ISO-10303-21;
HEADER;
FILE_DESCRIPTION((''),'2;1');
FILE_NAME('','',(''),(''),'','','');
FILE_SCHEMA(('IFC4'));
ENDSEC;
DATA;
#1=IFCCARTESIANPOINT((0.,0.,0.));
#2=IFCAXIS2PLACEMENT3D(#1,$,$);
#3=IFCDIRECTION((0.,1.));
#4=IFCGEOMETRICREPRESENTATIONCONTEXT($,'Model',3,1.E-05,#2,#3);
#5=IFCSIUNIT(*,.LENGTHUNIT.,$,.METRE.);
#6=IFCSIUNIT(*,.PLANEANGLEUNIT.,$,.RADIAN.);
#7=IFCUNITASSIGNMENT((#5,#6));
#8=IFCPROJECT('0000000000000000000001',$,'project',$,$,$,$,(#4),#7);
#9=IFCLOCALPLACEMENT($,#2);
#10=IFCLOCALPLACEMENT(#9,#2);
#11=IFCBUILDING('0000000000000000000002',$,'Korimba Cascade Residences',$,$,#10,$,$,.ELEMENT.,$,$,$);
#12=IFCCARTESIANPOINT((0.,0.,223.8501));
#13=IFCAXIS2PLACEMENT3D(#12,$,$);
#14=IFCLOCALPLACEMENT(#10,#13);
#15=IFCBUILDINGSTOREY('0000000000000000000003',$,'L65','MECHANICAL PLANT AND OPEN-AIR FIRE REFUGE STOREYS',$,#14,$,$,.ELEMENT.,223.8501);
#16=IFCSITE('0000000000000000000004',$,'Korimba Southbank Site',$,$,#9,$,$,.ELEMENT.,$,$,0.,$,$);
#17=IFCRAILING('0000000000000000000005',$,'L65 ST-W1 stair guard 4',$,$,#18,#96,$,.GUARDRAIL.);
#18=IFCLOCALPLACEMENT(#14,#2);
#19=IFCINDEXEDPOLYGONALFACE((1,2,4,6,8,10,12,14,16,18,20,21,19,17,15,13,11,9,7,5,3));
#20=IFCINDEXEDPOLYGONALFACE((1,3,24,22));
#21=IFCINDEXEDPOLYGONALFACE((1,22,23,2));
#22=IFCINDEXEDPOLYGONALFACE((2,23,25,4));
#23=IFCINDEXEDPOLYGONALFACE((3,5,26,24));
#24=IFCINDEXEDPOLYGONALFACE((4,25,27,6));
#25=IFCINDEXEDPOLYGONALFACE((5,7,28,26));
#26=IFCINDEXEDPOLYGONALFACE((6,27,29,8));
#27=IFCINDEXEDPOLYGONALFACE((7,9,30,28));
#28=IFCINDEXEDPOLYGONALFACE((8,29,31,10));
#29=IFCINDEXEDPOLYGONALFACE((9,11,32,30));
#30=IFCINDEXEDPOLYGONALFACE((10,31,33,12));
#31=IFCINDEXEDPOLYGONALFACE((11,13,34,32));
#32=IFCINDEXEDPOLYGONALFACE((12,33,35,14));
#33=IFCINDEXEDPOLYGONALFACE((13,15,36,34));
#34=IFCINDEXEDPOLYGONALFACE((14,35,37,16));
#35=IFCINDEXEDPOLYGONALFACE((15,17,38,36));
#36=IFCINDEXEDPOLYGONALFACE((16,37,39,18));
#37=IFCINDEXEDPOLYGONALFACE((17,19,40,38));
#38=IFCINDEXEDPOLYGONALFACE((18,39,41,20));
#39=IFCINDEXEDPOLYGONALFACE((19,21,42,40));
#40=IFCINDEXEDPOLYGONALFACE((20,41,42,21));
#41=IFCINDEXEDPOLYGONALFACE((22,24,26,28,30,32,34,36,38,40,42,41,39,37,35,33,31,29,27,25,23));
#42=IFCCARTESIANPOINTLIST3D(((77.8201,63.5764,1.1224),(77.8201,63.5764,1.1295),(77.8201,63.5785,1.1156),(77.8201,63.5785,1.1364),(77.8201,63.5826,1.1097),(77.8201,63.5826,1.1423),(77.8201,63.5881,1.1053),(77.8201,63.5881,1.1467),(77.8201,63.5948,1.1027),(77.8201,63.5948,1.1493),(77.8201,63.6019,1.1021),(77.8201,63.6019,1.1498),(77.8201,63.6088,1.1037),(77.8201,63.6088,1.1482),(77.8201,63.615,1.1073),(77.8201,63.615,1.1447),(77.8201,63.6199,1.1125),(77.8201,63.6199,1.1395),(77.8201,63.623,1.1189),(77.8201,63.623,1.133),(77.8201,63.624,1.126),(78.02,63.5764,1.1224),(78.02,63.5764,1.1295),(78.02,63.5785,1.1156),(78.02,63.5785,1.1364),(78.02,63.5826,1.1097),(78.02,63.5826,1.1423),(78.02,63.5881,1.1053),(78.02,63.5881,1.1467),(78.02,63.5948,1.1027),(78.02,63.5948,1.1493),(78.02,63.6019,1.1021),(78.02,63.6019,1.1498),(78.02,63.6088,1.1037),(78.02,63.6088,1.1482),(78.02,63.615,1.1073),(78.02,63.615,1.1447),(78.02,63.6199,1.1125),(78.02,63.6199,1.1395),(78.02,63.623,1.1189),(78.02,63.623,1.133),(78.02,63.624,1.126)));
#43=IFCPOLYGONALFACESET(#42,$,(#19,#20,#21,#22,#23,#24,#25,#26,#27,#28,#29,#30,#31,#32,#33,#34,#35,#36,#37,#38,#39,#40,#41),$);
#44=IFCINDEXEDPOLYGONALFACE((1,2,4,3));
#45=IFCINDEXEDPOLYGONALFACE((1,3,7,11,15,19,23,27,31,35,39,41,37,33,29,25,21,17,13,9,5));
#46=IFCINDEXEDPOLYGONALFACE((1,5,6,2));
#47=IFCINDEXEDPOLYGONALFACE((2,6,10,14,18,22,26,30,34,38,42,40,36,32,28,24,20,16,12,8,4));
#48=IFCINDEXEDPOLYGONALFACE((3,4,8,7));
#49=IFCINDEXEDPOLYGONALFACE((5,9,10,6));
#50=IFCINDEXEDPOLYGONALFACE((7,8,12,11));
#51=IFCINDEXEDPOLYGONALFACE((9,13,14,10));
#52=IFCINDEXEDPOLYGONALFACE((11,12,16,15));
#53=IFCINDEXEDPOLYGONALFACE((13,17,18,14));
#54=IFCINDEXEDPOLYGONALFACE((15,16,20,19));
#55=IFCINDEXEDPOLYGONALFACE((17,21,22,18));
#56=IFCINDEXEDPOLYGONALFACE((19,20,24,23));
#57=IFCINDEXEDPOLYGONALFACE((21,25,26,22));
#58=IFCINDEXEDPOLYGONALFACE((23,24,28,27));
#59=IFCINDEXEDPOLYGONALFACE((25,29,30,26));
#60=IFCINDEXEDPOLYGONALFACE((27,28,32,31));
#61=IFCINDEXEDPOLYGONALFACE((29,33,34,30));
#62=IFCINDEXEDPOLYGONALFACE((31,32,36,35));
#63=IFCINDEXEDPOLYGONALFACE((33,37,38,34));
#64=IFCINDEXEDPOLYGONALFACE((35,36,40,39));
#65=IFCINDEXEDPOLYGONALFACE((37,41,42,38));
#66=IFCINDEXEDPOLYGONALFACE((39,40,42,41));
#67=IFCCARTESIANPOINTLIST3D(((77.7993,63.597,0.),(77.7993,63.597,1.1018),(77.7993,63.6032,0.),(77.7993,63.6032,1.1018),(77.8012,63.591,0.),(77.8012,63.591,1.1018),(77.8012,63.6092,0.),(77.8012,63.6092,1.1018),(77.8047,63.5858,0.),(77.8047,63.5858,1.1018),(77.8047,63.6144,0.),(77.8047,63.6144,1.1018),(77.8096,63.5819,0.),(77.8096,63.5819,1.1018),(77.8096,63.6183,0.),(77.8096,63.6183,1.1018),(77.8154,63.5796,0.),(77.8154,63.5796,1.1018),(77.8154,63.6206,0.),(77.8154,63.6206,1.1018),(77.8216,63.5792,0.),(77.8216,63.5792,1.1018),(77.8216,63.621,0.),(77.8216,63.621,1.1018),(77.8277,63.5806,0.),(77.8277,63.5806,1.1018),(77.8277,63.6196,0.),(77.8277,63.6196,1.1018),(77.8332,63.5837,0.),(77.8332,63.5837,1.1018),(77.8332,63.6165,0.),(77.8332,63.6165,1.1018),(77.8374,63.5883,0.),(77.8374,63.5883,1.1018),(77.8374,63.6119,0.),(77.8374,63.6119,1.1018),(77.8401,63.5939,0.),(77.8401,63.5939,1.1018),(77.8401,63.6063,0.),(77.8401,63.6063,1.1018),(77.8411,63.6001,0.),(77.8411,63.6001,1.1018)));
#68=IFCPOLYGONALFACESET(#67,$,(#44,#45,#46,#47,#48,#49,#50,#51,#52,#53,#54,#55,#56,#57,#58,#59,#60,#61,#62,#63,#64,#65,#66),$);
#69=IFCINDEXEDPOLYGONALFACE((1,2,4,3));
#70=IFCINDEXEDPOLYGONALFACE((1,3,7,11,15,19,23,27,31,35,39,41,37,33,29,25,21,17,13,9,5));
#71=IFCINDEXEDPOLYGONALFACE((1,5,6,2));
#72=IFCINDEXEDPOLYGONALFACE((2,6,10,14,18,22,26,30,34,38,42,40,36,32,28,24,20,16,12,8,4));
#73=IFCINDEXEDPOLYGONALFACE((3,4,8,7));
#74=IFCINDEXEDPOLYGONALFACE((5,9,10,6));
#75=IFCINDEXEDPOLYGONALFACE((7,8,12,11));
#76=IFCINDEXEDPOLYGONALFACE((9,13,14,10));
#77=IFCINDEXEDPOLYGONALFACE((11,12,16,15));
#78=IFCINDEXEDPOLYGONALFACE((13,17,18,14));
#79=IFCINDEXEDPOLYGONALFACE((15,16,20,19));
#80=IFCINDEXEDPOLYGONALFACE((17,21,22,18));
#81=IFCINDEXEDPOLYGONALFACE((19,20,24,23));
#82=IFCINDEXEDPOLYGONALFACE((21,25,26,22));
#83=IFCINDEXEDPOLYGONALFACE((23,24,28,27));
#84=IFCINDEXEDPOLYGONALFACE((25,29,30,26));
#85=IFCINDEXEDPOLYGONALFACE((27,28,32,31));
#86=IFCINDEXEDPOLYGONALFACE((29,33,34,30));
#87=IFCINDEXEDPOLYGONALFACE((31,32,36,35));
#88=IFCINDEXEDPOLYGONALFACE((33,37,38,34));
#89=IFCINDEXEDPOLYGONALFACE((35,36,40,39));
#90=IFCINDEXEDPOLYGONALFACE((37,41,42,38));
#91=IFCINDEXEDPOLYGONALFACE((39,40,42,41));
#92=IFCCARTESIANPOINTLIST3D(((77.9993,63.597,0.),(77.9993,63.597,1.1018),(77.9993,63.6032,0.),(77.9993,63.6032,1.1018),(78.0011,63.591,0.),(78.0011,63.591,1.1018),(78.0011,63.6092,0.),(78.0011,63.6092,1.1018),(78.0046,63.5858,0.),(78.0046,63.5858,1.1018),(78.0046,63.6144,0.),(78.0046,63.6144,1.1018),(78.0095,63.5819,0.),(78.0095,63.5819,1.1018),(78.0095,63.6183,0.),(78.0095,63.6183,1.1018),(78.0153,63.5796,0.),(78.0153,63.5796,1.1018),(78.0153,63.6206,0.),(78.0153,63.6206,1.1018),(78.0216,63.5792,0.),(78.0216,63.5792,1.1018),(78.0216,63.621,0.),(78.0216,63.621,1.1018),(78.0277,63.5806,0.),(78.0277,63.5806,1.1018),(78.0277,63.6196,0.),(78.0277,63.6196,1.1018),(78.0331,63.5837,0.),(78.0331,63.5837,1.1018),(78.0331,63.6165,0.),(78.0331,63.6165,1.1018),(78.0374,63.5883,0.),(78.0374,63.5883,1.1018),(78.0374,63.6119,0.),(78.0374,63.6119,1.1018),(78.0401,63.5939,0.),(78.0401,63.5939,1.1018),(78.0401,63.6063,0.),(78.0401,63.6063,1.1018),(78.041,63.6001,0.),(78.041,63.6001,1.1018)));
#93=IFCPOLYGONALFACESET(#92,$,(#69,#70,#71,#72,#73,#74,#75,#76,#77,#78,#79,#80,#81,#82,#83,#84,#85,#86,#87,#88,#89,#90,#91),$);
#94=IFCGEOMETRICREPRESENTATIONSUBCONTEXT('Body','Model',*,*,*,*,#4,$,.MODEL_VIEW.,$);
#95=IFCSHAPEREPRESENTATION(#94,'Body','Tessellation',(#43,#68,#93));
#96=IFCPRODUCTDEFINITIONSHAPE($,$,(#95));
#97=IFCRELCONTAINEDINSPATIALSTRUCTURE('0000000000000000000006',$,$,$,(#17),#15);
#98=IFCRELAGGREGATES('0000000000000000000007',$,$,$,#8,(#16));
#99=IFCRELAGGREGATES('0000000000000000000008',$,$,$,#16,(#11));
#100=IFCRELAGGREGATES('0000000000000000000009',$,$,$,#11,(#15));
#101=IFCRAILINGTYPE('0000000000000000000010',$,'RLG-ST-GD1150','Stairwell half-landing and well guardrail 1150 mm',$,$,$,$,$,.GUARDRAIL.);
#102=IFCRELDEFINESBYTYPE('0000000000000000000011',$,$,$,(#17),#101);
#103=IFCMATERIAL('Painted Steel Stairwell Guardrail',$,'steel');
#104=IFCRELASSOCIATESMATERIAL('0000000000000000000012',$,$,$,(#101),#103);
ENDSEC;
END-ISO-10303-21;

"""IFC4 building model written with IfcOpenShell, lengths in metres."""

from ifc_helpers import new_model, si_unit, direction, frame, origin, origin_2d, place, context, subcontext, project, spatial, circle, extrude, material, type_object, element, save


model = new_model("IFC4")

# Units and contexts
model_context = context("Model", 3, precision=1e-05, world=origin(), true_north=direction((0.0, 1.0)))
body_context = subcontext(model_context, "Body", "Model", "MODEL_VIEW")
ifc_project = project(units=[si_unit("LENGTHUNIT", "METRE"), si_unit("PLANEANGLEUNIT", "RADIAN")], contexts=[model_context])

# Site, building, storey
site_placement = place(None, origin())
site = spatial("IfcSite", under=ifc_project, at=site_placement, Name="Korimba Southbank Site", CompositionType="ELEMENT", RefElevation=0.0)
building_placement = place(site_placement, origin())
building = spatial("IfcBuilding", under=site, at=building_placement, Name="Korimba Cascade Residences", CompositionType="ELEMENT")
storey_placement = place(building_placement, frame((0.0, 0.0, 223.8501)))
storey = spatial("IfcBuildingStorey", under=building, at=storey_placement, Name="L65", Description="MECHANICAL PLANT AND OPEN-AIR FIRE REFUGE STOREYS", CompositionType="ELEMENT", Elevation=223.8501)

# Railing
ifc_material_1 = material(Name="Painted Steel Stairwell Guardrail", Category="steel")
railing_type_1 = type_object("IfcRailingType", Name="RLG-ST-GD1150", Description="Stairwell half-landing and well guardrail 1150 mm", PredefinedType="GUARDRAIL", material=ifc_material_1)
railing_1_placement = place(storey_placement, frame((77.8201, 63.6001, 0.0)))
element("IfcRailing", 1, at=railing_1_placement, inside=storey, type_object=railing_type_1, Name="L65 ST-W1 stair guard 4", PredefinedType="GUARDRAIL", context=body_context, shape_type="SweptSolid", body=[
    extrude(circle(Radius=0.0239, at=origin_2d()), frame((0.0, 0.0, 1.126), z_axis=(1.0, 0.0, 0.0), x_axis=(0.0, 1.0, 0.0)), (0.0, 0.0, 1.0), 0.2),
    extrude(circle(Radius=0.021, at=origin_2d()), origin(), (0.0, 0.0, 1.0), 1.1018),
    extrude(circle(Radius=0.021, at=origin_2d()), frame((0.2, 0.0, 0.0)), (0.0, 0.0, 1.0), 1.1018),
])

save(model, "model.ifc")
